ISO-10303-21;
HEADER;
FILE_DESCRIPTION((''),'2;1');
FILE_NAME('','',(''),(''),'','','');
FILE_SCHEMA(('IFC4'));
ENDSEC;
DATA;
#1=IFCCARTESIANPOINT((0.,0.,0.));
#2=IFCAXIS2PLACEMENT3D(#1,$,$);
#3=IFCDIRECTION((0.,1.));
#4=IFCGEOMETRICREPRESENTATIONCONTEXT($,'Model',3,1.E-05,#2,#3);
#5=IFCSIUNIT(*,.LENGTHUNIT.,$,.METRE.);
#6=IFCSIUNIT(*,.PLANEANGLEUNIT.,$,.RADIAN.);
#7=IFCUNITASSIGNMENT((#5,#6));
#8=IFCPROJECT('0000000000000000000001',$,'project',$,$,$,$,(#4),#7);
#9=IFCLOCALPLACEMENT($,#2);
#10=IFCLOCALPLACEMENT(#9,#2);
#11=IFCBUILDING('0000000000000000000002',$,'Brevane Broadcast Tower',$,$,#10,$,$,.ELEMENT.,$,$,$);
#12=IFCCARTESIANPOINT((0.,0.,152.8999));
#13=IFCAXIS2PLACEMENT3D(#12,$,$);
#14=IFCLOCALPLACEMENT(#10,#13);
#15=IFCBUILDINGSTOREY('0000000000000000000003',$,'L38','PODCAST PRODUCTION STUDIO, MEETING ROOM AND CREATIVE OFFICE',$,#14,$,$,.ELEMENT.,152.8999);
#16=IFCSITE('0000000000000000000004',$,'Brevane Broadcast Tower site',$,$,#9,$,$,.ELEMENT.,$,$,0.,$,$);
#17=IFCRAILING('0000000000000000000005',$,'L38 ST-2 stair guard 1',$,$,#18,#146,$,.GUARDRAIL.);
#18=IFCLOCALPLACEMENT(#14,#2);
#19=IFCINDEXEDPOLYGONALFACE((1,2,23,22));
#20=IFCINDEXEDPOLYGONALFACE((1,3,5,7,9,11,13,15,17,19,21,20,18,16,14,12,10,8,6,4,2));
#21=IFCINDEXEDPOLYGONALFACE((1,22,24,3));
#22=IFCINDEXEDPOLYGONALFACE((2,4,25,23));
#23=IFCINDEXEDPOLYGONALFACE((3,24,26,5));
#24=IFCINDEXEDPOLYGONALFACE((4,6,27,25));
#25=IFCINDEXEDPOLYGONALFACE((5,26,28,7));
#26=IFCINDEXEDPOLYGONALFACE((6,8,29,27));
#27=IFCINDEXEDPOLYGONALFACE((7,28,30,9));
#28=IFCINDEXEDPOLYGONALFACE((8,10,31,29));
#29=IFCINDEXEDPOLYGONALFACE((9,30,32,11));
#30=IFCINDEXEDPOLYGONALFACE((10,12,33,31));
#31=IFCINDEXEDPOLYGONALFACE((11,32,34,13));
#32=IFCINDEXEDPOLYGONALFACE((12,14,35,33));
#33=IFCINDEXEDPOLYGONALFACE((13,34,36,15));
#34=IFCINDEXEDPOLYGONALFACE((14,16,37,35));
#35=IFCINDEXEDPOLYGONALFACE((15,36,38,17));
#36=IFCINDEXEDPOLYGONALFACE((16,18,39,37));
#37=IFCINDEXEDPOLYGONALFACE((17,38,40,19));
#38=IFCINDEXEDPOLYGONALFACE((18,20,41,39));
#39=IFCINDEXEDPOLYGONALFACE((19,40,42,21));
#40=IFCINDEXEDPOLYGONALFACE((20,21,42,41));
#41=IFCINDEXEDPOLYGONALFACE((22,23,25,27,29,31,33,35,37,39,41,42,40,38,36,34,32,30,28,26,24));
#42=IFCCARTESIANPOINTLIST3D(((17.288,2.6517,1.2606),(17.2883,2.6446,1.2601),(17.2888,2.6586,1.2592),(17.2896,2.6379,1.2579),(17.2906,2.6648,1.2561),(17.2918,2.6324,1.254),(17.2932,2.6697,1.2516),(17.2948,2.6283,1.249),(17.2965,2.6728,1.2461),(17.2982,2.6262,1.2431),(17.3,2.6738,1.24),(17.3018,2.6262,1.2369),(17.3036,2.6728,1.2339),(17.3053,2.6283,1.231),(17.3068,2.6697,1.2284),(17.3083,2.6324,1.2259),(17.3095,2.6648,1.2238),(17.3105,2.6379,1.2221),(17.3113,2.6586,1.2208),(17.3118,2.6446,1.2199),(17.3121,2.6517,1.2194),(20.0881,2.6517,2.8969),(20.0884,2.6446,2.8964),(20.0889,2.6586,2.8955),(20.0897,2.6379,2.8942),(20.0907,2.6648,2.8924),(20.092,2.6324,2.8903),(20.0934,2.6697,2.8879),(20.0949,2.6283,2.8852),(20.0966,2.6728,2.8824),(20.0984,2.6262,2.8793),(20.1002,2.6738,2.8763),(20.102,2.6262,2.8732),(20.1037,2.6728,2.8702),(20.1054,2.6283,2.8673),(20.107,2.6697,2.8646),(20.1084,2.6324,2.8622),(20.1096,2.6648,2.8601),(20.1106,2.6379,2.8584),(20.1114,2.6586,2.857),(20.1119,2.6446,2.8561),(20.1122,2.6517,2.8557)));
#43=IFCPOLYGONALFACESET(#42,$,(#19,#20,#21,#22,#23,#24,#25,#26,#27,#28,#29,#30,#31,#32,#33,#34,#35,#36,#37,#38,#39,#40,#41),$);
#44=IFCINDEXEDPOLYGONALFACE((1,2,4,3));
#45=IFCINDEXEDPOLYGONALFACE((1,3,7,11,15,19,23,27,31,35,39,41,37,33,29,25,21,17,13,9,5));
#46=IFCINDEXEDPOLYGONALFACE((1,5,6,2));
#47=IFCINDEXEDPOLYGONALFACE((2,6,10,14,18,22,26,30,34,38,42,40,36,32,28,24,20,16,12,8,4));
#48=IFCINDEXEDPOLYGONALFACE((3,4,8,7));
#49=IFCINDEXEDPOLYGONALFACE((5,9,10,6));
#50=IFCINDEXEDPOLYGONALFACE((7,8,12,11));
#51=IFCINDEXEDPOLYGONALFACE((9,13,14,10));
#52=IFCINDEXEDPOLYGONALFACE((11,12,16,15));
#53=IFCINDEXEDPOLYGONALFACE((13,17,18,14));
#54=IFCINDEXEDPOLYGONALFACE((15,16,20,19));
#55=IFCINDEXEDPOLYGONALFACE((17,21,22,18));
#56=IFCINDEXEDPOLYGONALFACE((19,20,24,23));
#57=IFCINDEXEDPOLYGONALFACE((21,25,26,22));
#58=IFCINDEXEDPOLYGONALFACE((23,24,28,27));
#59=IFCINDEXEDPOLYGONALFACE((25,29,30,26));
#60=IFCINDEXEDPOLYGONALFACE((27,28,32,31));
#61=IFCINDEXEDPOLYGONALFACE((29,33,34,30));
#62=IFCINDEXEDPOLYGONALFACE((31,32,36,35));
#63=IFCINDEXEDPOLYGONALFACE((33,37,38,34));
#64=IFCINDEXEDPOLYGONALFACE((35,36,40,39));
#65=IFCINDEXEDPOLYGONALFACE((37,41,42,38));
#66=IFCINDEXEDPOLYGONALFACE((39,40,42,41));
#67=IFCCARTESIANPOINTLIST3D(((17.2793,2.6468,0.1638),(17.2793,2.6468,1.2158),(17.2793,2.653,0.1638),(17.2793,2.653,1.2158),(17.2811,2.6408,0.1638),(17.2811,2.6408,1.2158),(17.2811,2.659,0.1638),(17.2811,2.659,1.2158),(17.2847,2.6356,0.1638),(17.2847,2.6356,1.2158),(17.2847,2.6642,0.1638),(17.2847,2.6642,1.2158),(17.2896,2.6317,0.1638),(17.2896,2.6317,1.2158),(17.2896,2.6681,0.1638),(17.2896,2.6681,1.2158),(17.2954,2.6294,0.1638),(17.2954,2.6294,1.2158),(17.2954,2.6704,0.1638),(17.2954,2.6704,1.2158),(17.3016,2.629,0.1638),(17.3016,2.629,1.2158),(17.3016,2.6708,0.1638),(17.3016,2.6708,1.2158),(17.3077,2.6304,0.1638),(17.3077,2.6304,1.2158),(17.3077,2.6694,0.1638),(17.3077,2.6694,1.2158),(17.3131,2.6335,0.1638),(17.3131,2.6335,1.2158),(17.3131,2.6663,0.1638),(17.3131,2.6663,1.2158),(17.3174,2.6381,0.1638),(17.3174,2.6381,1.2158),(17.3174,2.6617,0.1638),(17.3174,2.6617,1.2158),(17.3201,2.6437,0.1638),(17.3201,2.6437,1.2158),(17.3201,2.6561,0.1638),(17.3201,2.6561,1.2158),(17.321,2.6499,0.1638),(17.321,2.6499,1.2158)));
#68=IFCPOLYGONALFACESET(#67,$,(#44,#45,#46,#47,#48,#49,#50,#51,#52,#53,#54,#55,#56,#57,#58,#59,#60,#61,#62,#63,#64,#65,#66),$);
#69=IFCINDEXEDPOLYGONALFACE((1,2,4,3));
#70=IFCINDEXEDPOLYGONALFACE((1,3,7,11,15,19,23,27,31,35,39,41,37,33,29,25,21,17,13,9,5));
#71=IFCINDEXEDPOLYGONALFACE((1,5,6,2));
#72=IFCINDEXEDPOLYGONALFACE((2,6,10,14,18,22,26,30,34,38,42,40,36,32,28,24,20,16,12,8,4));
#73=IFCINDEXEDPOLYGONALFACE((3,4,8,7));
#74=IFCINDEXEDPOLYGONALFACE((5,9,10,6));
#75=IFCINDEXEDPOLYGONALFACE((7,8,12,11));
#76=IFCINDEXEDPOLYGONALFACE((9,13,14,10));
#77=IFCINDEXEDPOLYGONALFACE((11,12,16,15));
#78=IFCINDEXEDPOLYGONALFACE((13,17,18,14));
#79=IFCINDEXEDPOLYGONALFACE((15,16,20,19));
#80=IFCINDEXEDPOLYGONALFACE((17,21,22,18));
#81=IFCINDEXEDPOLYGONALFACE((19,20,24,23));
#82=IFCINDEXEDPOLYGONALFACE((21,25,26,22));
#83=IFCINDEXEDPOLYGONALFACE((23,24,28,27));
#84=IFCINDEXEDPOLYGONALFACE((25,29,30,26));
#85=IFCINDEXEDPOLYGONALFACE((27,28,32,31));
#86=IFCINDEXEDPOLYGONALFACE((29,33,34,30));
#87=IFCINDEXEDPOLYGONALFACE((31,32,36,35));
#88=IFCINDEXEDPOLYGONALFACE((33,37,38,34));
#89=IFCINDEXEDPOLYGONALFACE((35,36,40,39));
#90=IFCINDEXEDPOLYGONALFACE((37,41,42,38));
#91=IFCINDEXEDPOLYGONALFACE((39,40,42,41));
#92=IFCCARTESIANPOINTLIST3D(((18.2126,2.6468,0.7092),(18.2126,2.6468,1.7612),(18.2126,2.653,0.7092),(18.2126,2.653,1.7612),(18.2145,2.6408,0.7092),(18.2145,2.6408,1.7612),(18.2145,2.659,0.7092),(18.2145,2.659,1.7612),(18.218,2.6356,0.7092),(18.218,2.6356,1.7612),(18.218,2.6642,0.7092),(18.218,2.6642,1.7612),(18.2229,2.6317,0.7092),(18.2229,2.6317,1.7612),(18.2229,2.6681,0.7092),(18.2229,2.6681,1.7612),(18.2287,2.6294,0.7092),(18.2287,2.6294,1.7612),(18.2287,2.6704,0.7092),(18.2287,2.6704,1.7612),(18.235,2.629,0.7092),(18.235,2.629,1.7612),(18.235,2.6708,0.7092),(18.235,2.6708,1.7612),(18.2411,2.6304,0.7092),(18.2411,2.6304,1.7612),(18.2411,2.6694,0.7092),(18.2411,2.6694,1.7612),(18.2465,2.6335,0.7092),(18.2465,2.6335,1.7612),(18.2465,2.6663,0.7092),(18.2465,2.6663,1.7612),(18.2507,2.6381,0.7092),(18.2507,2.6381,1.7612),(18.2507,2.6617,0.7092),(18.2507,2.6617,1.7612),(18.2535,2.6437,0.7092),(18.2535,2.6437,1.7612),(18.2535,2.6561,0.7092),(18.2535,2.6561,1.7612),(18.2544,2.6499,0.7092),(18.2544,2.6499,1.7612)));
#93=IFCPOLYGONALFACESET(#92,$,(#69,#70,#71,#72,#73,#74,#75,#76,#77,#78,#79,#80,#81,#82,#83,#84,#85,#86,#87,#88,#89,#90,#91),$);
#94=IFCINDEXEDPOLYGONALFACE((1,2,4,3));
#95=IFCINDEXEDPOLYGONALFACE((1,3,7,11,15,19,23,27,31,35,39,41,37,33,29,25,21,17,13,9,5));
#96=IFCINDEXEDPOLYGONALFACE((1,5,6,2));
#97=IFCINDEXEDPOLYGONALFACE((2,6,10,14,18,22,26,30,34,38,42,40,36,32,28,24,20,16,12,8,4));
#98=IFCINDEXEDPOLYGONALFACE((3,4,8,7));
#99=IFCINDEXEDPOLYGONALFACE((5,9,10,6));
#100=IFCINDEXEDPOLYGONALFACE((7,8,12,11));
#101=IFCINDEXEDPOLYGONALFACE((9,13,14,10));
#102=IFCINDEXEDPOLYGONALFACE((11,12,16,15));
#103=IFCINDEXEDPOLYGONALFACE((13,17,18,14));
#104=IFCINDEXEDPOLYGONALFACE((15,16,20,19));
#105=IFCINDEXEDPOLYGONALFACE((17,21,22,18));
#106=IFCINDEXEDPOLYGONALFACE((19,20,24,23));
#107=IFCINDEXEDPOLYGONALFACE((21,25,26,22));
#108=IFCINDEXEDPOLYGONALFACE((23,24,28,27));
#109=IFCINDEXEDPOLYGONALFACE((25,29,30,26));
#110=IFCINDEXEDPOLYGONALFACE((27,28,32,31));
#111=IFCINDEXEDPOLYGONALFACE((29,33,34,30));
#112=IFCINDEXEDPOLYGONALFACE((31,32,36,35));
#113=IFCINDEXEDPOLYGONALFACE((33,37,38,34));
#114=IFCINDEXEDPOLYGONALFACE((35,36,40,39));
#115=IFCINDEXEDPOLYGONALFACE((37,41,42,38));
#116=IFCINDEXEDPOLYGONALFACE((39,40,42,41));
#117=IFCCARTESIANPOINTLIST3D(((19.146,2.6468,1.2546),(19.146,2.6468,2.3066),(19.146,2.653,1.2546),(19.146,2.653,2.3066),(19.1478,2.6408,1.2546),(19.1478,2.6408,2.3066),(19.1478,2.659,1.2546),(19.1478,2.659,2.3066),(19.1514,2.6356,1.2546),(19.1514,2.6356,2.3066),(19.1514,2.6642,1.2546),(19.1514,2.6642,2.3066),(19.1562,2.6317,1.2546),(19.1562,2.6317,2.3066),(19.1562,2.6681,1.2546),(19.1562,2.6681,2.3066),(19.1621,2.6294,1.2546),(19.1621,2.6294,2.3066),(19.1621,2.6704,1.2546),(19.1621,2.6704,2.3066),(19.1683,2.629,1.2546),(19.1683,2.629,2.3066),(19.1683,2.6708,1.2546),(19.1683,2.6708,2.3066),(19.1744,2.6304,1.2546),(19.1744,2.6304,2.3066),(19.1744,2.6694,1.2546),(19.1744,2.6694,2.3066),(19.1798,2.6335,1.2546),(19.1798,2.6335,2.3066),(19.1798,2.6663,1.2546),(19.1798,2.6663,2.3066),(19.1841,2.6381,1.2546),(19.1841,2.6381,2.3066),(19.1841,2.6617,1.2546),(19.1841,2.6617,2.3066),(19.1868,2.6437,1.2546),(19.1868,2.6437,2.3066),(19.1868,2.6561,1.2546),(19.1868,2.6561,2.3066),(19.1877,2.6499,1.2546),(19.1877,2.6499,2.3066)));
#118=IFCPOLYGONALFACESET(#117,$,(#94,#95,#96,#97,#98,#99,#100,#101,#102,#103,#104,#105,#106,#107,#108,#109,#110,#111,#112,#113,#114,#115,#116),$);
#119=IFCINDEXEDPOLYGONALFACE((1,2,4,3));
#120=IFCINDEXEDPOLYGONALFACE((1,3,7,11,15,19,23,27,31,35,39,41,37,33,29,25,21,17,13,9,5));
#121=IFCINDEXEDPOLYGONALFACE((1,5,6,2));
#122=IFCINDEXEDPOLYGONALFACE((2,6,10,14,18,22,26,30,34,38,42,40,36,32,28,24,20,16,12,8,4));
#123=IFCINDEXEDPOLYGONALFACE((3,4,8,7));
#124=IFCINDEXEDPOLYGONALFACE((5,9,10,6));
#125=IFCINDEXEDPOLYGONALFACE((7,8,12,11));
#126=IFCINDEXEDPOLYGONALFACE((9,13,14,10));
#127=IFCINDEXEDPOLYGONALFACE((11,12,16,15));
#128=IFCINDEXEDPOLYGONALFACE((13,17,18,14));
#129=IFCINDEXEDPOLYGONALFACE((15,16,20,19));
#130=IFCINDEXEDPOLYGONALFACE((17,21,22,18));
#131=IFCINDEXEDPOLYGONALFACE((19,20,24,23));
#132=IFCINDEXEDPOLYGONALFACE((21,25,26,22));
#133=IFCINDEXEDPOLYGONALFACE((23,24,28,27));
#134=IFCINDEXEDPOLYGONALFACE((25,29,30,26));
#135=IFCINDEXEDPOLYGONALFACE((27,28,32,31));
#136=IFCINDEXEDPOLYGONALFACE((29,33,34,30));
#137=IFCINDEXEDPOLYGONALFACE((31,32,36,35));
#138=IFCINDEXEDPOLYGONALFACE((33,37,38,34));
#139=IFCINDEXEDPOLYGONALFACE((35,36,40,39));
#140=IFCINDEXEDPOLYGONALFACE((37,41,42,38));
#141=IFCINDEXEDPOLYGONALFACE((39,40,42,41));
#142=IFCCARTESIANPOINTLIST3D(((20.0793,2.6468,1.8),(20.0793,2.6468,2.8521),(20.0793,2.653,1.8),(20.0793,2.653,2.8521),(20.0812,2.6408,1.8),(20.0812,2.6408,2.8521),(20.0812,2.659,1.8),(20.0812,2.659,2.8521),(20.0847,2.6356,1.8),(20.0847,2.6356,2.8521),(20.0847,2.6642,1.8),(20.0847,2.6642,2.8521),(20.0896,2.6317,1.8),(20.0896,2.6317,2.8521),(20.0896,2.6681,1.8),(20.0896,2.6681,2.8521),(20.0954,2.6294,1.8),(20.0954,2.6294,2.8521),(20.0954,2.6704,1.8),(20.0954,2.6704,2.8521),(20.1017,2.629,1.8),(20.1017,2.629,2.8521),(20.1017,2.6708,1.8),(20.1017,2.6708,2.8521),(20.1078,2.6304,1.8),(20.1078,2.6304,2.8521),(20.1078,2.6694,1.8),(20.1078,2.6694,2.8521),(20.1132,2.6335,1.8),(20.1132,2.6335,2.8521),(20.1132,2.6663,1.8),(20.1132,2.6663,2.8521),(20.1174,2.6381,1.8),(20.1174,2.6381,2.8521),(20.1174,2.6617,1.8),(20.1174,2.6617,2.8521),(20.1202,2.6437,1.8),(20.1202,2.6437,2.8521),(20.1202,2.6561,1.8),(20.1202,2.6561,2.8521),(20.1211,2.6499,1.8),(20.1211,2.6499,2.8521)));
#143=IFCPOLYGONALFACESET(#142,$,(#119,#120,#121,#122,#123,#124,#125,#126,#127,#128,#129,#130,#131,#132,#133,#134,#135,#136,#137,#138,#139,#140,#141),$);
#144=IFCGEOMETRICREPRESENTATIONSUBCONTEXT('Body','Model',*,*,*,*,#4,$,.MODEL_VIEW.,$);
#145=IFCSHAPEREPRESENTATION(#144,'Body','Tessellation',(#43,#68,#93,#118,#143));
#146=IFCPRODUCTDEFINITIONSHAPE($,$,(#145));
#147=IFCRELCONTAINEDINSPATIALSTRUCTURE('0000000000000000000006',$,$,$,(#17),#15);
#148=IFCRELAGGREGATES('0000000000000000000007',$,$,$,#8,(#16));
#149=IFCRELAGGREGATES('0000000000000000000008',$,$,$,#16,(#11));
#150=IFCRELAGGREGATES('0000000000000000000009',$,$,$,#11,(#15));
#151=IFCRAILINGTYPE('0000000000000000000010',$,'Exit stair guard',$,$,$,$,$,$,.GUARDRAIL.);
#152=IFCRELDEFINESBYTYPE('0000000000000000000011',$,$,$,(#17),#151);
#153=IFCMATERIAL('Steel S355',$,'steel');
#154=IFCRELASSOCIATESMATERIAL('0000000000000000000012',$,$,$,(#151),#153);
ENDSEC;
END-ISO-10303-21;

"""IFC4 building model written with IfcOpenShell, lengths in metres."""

from ifc_helpers import new_model, si_unit, direction, frame, origin, origin_2d, place, context, subcontext, project, spatial, circle, extrude, material, type_object, element, save


model = new_model("IFC4")

# Units and contexts
model_context = context("Model", 3, precision=1e-05, world=origin(), true_north=direction((0.0, 1.0)))
body_context = subcontext(model_context, "Body", "Model", "MODEL_VIEW")
ifc_project = project(units=[si_unit("LENGTHUNIT", "METRE"), si_unit("PLANEANGLEUNIT", "RADIAN")], contexts=[model_context])

# Site, building, storey
site_placement = place(None, origin())
site = spatial("IfcSite", under=ifc_project, at=site_placement, Name="Brevane Broadcast Tower site", CompositionType="ELEMENT", RefElevation=0.0)
building_placement = place(site_placement, origin())
building = spatial("IfcBuilding", under=site, at=building_placement, Name="Brevane Broadcast Tower", CompositionType="ELEMENT")
storey_placement = place(building_placement, frame((0.0, 0.0, 152.8999)))
storey = spatial("IfcBuildingStorey", under=building, at=storey_placement, Name="L38", Description="PODCAST PRODUCTION STUDIO, MEETING ROOM AND CREATIVE OFFICE", CompositionType="ELEMENT", Elevation=152.8999)

# Railing
ifc_material_1 = material(Name="Steel S355", Category="steel")
railing_type_1 = type_object("IfcRailingType", Name="Exit stair guard", PredefinedType="GUARDRAIL", material=ifc_material_1)
railing_1_placement = place(storey_placement, frame((17.3, 2.6499, 0.1638)))
element("IfcRailing", 1, at=railing_1_placement, inside=storey, type_object=railing_type_1, Name="L38 ST-2 stair guard 1", PredefinedType="GUARDRAIL", context=body_context, shape_type="SweptSolid", body=[
    extrude(circle(Radius=0.0239, at=origin_2d()), frame((0.0, 0.0, 1.0762), z_axis=(0.863394, 0.0, 0.504531), x_axis=(0.0, 1.0, 0.0)), (0.0, 0.0, 1.0), 3.2432),
    extrude(circle(Radius=0.021, at=origin_2d()), origin(), (0.0, 0.0, 1.0), 1.052),
    extrude(circle(Radius=0.021, at=origin_2d()), frame((0.9333, 0.0, 0.5454)), (0.0, 0.0, 1.0), 1.052),
    extrude(circle(Radius=0.021, at=origin_2d()), frame((1.8667, 0.0, 1.0908)), (0.0, 0.0, 1.0), 1.052),
    extrude(circle(Radius=0.021, at=origin_2d()), frame((2.8, 0.0, 1.6362)), (0.0, 0.0, 1.0), 1.052),
])

save(model, "model.ifc")
